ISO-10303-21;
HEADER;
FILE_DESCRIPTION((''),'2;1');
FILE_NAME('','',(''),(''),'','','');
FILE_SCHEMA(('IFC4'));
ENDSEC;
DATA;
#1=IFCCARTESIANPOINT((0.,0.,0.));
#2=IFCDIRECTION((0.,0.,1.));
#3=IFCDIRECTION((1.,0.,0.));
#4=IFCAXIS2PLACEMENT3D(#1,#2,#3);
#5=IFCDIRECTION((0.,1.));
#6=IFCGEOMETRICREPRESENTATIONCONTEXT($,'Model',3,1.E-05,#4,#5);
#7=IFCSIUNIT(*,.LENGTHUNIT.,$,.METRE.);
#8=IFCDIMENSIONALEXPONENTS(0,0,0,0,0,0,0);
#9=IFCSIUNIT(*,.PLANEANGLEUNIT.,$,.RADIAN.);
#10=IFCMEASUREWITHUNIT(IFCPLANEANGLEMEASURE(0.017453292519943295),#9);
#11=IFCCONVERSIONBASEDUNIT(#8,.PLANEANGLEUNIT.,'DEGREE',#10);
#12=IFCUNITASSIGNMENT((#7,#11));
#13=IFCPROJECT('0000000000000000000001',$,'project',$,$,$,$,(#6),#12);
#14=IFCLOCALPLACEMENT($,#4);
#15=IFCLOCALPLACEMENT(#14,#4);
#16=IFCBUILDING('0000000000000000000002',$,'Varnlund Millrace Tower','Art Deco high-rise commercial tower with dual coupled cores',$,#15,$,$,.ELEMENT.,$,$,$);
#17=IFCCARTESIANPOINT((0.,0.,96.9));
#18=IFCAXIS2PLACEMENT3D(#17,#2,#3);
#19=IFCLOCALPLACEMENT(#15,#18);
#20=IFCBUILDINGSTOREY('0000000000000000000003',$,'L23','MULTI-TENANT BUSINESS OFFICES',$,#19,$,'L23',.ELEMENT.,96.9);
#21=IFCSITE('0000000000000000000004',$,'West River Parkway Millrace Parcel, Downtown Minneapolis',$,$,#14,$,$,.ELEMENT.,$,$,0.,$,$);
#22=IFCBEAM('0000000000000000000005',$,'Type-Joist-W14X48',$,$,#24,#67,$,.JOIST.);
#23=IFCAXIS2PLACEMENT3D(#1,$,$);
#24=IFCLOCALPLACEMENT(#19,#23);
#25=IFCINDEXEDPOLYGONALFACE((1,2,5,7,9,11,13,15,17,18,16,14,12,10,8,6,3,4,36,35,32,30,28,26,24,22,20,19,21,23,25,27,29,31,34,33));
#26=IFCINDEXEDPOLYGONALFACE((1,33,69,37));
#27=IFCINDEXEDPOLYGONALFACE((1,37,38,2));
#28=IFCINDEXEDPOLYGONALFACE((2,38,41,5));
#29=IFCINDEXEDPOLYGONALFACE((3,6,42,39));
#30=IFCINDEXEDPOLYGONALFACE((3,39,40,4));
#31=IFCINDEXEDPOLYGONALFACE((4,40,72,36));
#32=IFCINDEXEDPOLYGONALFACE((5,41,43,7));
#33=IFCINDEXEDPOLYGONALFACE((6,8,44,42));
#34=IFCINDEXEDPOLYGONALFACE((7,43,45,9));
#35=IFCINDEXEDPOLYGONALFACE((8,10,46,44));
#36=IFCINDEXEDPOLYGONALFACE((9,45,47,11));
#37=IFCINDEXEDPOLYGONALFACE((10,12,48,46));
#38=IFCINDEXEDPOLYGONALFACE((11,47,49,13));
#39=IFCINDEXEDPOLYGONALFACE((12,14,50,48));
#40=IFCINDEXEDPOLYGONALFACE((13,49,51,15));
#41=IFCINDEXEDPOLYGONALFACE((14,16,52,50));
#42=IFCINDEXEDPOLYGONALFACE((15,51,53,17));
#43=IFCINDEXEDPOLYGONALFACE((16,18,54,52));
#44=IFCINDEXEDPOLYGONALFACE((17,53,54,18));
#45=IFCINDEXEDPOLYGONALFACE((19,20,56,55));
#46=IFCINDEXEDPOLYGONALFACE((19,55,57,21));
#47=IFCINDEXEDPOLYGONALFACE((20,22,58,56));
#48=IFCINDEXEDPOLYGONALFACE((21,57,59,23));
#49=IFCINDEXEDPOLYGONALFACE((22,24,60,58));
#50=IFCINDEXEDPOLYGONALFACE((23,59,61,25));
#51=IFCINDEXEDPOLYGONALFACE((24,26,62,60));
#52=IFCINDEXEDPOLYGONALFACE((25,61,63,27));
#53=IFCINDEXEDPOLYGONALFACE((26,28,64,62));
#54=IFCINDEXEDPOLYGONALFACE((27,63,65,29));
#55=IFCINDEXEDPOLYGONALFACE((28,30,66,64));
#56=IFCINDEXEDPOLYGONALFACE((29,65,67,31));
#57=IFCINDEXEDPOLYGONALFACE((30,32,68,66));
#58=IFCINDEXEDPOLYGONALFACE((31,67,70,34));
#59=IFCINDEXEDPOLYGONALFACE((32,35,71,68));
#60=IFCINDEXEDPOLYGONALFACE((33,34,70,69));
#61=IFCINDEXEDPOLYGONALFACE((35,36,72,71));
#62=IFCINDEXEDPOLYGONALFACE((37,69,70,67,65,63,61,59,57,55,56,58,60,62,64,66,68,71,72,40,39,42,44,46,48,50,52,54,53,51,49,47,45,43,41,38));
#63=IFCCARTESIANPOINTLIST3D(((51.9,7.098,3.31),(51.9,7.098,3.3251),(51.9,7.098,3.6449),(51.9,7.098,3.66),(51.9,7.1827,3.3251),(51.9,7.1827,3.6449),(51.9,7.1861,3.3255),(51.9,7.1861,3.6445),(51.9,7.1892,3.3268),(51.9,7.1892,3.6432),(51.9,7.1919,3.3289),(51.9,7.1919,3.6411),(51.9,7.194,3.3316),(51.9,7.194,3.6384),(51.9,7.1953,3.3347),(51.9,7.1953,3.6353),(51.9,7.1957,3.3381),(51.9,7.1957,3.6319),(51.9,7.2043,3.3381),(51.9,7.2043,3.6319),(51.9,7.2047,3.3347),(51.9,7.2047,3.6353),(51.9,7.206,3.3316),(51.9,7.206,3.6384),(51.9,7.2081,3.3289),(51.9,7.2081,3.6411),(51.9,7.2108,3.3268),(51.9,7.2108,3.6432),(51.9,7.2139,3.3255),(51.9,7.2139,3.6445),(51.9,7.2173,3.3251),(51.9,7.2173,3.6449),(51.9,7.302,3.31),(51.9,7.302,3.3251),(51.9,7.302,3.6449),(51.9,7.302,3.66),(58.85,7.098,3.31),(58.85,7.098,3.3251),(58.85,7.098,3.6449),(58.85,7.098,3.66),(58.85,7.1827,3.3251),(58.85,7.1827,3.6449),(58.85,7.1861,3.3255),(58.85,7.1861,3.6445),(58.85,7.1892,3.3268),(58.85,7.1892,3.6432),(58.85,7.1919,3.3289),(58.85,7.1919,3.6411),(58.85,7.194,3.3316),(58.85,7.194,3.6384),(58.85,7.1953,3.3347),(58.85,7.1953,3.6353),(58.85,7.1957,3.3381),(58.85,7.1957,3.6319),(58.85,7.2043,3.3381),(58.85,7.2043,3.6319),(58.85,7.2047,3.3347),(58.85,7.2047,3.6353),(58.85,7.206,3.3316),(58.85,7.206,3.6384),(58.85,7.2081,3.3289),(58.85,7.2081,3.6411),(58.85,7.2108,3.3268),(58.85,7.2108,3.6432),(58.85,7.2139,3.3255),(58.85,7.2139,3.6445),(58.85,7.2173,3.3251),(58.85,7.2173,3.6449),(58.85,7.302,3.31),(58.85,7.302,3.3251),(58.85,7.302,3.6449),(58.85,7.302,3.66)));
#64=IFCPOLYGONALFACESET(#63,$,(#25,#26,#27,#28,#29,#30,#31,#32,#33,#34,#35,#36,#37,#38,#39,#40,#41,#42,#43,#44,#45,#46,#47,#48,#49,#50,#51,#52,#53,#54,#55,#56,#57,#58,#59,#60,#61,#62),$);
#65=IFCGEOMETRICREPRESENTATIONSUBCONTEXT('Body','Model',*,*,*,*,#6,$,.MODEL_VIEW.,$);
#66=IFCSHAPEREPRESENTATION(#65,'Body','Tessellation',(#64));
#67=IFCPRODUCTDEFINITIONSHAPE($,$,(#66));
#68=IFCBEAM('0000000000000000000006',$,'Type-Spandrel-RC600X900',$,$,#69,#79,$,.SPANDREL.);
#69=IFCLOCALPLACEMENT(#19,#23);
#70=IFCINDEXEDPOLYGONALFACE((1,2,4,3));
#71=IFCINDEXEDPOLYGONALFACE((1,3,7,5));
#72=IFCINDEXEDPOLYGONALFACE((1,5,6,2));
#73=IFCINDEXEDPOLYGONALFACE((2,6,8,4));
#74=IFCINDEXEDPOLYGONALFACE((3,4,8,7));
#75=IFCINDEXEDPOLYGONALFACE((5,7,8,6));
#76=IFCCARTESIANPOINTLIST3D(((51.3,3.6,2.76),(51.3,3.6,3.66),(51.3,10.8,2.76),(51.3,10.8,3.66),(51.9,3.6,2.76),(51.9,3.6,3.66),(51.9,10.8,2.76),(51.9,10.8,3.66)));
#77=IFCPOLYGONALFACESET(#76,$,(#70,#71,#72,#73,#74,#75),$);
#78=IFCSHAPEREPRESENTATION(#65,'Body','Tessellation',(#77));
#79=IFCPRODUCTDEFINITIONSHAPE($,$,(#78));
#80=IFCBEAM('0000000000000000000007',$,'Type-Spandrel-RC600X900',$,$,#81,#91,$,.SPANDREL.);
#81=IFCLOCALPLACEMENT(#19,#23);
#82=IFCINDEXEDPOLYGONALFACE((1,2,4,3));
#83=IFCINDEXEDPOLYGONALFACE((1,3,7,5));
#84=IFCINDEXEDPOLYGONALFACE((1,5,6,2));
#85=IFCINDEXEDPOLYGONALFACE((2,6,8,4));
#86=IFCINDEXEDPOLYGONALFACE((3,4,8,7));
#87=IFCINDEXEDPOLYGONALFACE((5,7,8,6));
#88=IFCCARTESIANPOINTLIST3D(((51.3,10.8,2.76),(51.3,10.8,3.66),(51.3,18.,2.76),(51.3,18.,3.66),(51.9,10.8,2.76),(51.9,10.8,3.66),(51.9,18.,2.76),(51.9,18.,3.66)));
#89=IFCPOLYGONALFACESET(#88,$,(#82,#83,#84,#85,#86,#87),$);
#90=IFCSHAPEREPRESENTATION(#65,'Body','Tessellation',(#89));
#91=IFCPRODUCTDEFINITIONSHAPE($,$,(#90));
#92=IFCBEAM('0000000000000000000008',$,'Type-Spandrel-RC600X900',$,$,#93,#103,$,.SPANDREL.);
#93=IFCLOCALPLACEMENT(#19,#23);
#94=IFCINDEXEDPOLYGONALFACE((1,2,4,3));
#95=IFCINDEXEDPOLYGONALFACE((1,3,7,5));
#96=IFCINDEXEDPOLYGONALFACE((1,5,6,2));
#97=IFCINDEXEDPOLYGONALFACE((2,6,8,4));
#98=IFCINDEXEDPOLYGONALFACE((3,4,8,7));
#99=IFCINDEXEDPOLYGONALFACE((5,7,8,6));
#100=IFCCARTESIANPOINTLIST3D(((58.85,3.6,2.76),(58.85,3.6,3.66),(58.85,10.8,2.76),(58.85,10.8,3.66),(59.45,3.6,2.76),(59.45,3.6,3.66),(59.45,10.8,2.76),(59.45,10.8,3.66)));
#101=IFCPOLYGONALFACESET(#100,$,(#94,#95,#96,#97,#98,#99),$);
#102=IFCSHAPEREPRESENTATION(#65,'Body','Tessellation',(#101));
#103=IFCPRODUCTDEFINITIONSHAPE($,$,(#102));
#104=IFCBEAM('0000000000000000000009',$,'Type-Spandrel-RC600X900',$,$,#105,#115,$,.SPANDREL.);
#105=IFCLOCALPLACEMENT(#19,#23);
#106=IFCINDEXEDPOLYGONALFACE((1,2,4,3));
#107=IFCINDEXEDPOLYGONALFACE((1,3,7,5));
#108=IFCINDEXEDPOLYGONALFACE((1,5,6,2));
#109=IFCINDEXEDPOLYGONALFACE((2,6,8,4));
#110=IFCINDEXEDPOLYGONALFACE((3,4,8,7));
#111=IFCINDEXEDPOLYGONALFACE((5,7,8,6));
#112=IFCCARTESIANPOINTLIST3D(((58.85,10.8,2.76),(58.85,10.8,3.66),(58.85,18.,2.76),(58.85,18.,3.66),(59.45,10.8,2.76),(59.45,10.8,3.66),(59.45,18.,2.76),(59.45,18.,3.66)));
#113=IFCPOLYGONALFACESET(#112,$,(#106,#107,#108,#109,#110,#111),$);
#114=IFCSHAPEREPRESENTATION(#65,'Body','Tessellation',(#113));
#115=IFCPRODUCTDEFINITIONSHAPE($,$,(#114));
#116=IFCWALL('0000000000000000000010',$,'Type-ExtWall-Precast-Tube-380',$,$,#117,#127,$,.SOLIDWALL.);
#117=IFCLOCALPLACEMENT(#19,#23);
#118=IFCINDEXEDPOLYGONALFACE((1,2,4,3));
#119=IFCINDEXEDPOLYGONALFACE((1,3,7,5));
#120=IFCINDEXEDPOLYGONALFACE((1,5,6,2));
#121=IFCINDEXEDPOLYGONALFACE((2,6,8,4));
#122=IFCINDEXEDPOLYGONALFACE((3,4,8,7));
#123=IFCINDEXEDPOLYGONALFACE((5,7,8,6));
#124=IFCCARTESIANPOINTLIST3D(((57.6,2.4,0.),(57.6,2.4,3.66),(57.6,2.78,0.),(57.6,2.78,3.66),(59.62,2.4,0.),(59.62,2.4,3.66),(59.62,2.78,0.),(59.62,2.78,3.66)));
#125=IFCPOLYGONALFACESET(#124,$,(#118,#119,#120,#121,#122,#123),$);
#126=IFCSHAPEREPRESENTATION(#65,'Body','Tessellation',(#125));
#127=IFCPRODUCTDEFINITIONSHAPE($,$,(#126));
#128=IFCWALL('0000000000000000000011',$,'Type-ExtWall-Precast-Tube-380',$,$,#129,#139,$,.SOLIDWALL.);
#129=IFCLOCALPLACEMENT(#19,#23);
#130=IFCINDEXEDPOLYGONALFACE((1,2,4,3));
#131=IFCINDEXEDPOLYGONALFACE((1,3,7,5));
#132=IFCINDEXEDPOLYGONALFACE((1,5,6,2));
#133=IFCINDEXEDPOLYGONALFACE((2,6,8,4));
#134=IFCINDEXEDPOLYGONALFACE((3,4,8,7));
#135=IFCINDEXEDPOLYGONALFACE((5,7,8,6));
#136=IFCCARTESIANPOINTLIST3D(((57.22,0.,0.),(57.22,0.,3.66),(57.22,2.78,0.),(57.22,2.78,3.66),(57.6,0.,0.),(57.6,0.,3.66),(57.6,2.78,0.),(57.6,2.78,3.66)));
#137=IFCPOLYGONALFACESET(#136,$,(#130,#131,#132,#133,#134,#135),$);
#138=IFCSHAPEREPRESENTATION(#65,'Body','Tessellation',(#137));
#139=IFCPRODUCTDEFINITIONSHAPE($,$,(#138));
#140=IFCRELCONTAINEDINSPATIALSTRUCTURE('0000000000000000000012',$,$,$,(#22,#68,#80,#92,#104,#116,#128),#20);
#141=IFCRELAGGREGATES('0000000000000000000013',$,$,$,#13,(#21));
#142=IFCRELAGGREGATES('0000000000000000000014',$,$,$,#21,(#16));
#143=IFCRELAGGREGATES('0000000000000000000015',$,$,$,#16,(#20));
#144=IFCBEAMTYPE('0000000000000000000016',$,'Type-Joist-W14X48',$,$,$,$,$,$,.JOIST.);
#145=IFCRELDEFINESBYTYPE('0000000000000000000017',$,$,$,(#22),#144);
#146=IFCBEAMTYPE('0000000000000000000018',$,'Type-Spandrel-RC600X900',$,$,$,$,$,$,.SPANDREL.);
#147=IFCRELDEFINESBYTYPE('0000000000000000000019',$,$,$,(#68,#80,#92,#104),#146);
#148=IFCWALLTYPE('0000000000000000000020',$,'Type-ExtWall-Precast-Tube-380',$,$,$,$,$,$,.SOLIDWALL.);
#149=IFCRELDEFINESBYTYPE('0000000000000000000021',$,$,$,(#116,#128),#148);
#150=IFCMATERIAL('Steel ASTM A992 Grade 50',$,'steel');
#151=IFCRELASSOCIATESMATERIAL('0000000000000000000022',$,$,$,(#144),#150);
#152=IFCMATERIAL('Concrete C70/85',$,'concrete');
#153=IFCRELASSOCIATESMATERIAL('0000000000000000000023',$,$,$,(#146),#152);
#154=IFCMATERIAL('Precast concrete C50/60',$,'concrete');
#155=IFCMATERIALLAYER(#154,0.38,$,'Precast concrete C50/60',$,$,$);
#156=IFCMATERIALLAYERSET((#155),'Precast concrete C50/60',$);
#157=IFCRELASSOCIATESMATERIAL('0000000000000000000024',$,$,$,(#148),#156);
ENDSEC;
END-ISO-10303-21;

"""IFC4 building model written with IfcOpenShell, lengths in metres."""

from ifc_helpers import new_model, entity, si_unit, converted_unit, direction, frame, origin_with_axes, origin_2d_with_axis, place, context, subcontext, project, spatial, polyline, rectangle, i_section, outline, extrude, material, layer, layer_set, material_profile, profile_set, type_object, element, save


model = new_model("IFC4")

# Units and contexts
model_context = context("Model", 3, precision=1e-05, world=origin_with_axes(), true_north=direction((0.0, 1.0)))
body_context = subcontext(model_context, "Body", "Model", "MODEL_VIEW")
ifc_project = project(units=[si_unit("LENGTHUNIT", "METRE"), converted_unit("PLANEANGLEUNIT", "DEGREE", entity("IfcPlaneAngleMeasure", 0.017453292519943295), si_unit("PLANEANGLEUNIT", "RADIAN"), dimensions=[0, 0, 0, 0, 0, 0, 0])], contexts=[model_context])

# Site, building, storey
site_placement = place(None, origin_with_axes())
site = spatial("IfcSite", under=ifc_project, at=site_placement, Name="West River Parkway Millrace Parcel, Downtown Minneapolis", CompositionType="ELEMENT", RefElevation=0.0)
building_placement = place(site_placement, origin_with_axes())
building = spatial("IfcBuilding", under=site, at=building_placement, Name="Varnlund Millrace Tower", Description="Art Deco high-rise commercial tower with dual coupled cores", CompositionType="ELEMENT")
storey_placement = place(building_placement, frame((0.0, 0.0, 96.9), z_axis=(0.0, 0.0, 1.0), x_axis=(1.0, 0.0, 0.0)))
storey = spatial("IfcBuildingStorey", under=building, at=storey_placement, Name="L23", Description="MULTI-TENANT BUSINESS OFFICES", LongName="L23", CompositionType="ELEMENT", Elevation=96.9)

# Beams
ifc_material_1 = material(Name="Steel ASTM A992 Grade 50", Category="steel")
ifc_material_profile_1 = material_profile(ifc_material_1, i_section(OverallWidth=0.204, OverallDepth=0.35, WebThickness=0.0086, FlangeThickness=0.0151, FilletRadius=0.013, at=origin_2d_with_axis()), Name="Steel ASTM A992 Grade 50")
ifc_profile_set_1 = profile_set([ifc_material_profile_1], Name="Steel ASTM A992 Grade 50")
beam_type_1 = type_object("IfcBeamType", Name="Type-Joist-W14X48", PredefinedType="JOIST", material=ifc_profile_set_1)
beam_1_placement = place(storey_placement, frame((51.9, 7.2, 3.485), z_axis=(1.0, 0.0, 0.0), x_axis=(0.0, 1.0, 0.0)))
element("IfcBeam", 1, at=beam_1_placement, inside=storey, type_object=beam_type_1, Name="Type-Joist-W14X48", PredefinedType="JOIST", context=body_context, shape_type="SweptSolid", body=[
    extrude(i_section(OverallWidth=0.204, OverallDepth=0.35, WebThickness=0.0086, FlangeThickness=0.0151, FilletRadius=0.013, at=origin_2d_with_axis()), origin_with_axes(), (0.0, 0.0, 1.0), 6.95),
])
ifc_material_2 = material(Name="Concrete C70/85", Category="concrete")
ifc_material_profile_2 = material_profile(ifc_material_2, rectangle(XDim=0.6, YDim=0.9, at=origin_2d_with_axis()), Name="Concrete C70/85")
ifc_profile_set_2 = profile_set([ifc_material_profile_2], Name="Concrete C70/85")
beam_type_2 = type_object("IfcBeamType", Name="Type-Spandrel-RC600X900", PredefinedType="SPANDREL", material=ifc_profile_set_2)
for number, where, z_axis, x_axis, name in (
    (2, (51.6, 3.6, 3.21), (0.0, 1.0, 0.0), (-1.0, 0.0, 0.0), "Type-Spandrel-RC600X900"),
    (3, (51.6, 10.8, 3.21), (0.0, 1.0, 0.0), (-1.0, 0.0, 0.0), "Type-Spandrel-RC600X900"),
    (4, (59.15, 3.6, 3.21), (0.0, 1.0, 0.0), (-1.0, 0.0, 0.0), "Type-Spandrel-RC600X900"),
    (5, (59.15, 10.8, 3.21), (0.0, 1.0, 0.0), (-1.0, 0.0, 0.0), "Type-Spandrel-RC600X900"),
):
    element("IfcBeam", number, at=place(storey_placement, frame(where, z_axis=z_axis, x_axis=x_axis)), inside=storey, type_object=beam_type_2, Name=name, PredefinedType="SPANDREL", context=body_context, shape_type="SweptSolid", body=[
        extrude(rectangle(XDim=0.6, YDim=0.9, at=origin_2d_with_axis()), origin_with_axes(), (0.0, 0.0, 1.0), 7.2),
    ])

# Walls
ifc_material_3 = material(Name="Precast concrete C50/60", Category="concrete")
ifc_layer_1 = layer(ifc_material_3, 0.38, Name="Precast concrete C50/60")
ifc_layer_set_1 = layer_set([ifc_layer_1], Name="Precast concrete C50/60")
wall_type_1 = type_object("IfcWallType", Name="Type-ExtWall-Precast-Tube-380", PredefinedType="SOLIDWALL", material=ifc_layer_set_1)
wall_1_placement = place(storey_placement, frame((59.62, 2.59, 0.0), z_axis=(0.0, 0.0, 1.0), x_axis=(-1.0, 0.0, 0.0)))
element("IfcWall", 6, at=wall_1_placement, inside=storey, type_object=wall_type_1, Name="Type-ExtWall-Precast-Tube-380", PredefinedType="SOLIDWALL", context=body_context, shape_type="SweptSolid", body=[
    extrude(outline(polyline([(0.0, -0.19), (2.02, -0.19), (2.02, 0.19), (0.0, 0.19), (0.0, -0.19)])), origin_with_axes(), (0.0, 0.0, 1.0), 3.66),
])
wall_2_placement = place(storey_placement, frame((57.41, 2.78, 0.0), z_axis=(0.0, 0.0, 1.0), x_axis=(0.0, -1.0, 0.0)))
element("IfcWall", 7, at=wall_2_placement, inside=storey, type_object=wall_type_1, Name="Type-ExtWall-Precast-Tube-380", PredefinedType="SOLIDWALL", context=body_context, shape_type="SweptSolid", body=[
    extrude(outline(polyline([(0.0, -0.19), (2.78, -0.19), (2.78, 0.19), (0.0, 0.19), (0.0, -0.19)])), origin_with_axes(), (0.0, 0.0, 1.0), 3.66),
])

save(model, "model.ifc")
